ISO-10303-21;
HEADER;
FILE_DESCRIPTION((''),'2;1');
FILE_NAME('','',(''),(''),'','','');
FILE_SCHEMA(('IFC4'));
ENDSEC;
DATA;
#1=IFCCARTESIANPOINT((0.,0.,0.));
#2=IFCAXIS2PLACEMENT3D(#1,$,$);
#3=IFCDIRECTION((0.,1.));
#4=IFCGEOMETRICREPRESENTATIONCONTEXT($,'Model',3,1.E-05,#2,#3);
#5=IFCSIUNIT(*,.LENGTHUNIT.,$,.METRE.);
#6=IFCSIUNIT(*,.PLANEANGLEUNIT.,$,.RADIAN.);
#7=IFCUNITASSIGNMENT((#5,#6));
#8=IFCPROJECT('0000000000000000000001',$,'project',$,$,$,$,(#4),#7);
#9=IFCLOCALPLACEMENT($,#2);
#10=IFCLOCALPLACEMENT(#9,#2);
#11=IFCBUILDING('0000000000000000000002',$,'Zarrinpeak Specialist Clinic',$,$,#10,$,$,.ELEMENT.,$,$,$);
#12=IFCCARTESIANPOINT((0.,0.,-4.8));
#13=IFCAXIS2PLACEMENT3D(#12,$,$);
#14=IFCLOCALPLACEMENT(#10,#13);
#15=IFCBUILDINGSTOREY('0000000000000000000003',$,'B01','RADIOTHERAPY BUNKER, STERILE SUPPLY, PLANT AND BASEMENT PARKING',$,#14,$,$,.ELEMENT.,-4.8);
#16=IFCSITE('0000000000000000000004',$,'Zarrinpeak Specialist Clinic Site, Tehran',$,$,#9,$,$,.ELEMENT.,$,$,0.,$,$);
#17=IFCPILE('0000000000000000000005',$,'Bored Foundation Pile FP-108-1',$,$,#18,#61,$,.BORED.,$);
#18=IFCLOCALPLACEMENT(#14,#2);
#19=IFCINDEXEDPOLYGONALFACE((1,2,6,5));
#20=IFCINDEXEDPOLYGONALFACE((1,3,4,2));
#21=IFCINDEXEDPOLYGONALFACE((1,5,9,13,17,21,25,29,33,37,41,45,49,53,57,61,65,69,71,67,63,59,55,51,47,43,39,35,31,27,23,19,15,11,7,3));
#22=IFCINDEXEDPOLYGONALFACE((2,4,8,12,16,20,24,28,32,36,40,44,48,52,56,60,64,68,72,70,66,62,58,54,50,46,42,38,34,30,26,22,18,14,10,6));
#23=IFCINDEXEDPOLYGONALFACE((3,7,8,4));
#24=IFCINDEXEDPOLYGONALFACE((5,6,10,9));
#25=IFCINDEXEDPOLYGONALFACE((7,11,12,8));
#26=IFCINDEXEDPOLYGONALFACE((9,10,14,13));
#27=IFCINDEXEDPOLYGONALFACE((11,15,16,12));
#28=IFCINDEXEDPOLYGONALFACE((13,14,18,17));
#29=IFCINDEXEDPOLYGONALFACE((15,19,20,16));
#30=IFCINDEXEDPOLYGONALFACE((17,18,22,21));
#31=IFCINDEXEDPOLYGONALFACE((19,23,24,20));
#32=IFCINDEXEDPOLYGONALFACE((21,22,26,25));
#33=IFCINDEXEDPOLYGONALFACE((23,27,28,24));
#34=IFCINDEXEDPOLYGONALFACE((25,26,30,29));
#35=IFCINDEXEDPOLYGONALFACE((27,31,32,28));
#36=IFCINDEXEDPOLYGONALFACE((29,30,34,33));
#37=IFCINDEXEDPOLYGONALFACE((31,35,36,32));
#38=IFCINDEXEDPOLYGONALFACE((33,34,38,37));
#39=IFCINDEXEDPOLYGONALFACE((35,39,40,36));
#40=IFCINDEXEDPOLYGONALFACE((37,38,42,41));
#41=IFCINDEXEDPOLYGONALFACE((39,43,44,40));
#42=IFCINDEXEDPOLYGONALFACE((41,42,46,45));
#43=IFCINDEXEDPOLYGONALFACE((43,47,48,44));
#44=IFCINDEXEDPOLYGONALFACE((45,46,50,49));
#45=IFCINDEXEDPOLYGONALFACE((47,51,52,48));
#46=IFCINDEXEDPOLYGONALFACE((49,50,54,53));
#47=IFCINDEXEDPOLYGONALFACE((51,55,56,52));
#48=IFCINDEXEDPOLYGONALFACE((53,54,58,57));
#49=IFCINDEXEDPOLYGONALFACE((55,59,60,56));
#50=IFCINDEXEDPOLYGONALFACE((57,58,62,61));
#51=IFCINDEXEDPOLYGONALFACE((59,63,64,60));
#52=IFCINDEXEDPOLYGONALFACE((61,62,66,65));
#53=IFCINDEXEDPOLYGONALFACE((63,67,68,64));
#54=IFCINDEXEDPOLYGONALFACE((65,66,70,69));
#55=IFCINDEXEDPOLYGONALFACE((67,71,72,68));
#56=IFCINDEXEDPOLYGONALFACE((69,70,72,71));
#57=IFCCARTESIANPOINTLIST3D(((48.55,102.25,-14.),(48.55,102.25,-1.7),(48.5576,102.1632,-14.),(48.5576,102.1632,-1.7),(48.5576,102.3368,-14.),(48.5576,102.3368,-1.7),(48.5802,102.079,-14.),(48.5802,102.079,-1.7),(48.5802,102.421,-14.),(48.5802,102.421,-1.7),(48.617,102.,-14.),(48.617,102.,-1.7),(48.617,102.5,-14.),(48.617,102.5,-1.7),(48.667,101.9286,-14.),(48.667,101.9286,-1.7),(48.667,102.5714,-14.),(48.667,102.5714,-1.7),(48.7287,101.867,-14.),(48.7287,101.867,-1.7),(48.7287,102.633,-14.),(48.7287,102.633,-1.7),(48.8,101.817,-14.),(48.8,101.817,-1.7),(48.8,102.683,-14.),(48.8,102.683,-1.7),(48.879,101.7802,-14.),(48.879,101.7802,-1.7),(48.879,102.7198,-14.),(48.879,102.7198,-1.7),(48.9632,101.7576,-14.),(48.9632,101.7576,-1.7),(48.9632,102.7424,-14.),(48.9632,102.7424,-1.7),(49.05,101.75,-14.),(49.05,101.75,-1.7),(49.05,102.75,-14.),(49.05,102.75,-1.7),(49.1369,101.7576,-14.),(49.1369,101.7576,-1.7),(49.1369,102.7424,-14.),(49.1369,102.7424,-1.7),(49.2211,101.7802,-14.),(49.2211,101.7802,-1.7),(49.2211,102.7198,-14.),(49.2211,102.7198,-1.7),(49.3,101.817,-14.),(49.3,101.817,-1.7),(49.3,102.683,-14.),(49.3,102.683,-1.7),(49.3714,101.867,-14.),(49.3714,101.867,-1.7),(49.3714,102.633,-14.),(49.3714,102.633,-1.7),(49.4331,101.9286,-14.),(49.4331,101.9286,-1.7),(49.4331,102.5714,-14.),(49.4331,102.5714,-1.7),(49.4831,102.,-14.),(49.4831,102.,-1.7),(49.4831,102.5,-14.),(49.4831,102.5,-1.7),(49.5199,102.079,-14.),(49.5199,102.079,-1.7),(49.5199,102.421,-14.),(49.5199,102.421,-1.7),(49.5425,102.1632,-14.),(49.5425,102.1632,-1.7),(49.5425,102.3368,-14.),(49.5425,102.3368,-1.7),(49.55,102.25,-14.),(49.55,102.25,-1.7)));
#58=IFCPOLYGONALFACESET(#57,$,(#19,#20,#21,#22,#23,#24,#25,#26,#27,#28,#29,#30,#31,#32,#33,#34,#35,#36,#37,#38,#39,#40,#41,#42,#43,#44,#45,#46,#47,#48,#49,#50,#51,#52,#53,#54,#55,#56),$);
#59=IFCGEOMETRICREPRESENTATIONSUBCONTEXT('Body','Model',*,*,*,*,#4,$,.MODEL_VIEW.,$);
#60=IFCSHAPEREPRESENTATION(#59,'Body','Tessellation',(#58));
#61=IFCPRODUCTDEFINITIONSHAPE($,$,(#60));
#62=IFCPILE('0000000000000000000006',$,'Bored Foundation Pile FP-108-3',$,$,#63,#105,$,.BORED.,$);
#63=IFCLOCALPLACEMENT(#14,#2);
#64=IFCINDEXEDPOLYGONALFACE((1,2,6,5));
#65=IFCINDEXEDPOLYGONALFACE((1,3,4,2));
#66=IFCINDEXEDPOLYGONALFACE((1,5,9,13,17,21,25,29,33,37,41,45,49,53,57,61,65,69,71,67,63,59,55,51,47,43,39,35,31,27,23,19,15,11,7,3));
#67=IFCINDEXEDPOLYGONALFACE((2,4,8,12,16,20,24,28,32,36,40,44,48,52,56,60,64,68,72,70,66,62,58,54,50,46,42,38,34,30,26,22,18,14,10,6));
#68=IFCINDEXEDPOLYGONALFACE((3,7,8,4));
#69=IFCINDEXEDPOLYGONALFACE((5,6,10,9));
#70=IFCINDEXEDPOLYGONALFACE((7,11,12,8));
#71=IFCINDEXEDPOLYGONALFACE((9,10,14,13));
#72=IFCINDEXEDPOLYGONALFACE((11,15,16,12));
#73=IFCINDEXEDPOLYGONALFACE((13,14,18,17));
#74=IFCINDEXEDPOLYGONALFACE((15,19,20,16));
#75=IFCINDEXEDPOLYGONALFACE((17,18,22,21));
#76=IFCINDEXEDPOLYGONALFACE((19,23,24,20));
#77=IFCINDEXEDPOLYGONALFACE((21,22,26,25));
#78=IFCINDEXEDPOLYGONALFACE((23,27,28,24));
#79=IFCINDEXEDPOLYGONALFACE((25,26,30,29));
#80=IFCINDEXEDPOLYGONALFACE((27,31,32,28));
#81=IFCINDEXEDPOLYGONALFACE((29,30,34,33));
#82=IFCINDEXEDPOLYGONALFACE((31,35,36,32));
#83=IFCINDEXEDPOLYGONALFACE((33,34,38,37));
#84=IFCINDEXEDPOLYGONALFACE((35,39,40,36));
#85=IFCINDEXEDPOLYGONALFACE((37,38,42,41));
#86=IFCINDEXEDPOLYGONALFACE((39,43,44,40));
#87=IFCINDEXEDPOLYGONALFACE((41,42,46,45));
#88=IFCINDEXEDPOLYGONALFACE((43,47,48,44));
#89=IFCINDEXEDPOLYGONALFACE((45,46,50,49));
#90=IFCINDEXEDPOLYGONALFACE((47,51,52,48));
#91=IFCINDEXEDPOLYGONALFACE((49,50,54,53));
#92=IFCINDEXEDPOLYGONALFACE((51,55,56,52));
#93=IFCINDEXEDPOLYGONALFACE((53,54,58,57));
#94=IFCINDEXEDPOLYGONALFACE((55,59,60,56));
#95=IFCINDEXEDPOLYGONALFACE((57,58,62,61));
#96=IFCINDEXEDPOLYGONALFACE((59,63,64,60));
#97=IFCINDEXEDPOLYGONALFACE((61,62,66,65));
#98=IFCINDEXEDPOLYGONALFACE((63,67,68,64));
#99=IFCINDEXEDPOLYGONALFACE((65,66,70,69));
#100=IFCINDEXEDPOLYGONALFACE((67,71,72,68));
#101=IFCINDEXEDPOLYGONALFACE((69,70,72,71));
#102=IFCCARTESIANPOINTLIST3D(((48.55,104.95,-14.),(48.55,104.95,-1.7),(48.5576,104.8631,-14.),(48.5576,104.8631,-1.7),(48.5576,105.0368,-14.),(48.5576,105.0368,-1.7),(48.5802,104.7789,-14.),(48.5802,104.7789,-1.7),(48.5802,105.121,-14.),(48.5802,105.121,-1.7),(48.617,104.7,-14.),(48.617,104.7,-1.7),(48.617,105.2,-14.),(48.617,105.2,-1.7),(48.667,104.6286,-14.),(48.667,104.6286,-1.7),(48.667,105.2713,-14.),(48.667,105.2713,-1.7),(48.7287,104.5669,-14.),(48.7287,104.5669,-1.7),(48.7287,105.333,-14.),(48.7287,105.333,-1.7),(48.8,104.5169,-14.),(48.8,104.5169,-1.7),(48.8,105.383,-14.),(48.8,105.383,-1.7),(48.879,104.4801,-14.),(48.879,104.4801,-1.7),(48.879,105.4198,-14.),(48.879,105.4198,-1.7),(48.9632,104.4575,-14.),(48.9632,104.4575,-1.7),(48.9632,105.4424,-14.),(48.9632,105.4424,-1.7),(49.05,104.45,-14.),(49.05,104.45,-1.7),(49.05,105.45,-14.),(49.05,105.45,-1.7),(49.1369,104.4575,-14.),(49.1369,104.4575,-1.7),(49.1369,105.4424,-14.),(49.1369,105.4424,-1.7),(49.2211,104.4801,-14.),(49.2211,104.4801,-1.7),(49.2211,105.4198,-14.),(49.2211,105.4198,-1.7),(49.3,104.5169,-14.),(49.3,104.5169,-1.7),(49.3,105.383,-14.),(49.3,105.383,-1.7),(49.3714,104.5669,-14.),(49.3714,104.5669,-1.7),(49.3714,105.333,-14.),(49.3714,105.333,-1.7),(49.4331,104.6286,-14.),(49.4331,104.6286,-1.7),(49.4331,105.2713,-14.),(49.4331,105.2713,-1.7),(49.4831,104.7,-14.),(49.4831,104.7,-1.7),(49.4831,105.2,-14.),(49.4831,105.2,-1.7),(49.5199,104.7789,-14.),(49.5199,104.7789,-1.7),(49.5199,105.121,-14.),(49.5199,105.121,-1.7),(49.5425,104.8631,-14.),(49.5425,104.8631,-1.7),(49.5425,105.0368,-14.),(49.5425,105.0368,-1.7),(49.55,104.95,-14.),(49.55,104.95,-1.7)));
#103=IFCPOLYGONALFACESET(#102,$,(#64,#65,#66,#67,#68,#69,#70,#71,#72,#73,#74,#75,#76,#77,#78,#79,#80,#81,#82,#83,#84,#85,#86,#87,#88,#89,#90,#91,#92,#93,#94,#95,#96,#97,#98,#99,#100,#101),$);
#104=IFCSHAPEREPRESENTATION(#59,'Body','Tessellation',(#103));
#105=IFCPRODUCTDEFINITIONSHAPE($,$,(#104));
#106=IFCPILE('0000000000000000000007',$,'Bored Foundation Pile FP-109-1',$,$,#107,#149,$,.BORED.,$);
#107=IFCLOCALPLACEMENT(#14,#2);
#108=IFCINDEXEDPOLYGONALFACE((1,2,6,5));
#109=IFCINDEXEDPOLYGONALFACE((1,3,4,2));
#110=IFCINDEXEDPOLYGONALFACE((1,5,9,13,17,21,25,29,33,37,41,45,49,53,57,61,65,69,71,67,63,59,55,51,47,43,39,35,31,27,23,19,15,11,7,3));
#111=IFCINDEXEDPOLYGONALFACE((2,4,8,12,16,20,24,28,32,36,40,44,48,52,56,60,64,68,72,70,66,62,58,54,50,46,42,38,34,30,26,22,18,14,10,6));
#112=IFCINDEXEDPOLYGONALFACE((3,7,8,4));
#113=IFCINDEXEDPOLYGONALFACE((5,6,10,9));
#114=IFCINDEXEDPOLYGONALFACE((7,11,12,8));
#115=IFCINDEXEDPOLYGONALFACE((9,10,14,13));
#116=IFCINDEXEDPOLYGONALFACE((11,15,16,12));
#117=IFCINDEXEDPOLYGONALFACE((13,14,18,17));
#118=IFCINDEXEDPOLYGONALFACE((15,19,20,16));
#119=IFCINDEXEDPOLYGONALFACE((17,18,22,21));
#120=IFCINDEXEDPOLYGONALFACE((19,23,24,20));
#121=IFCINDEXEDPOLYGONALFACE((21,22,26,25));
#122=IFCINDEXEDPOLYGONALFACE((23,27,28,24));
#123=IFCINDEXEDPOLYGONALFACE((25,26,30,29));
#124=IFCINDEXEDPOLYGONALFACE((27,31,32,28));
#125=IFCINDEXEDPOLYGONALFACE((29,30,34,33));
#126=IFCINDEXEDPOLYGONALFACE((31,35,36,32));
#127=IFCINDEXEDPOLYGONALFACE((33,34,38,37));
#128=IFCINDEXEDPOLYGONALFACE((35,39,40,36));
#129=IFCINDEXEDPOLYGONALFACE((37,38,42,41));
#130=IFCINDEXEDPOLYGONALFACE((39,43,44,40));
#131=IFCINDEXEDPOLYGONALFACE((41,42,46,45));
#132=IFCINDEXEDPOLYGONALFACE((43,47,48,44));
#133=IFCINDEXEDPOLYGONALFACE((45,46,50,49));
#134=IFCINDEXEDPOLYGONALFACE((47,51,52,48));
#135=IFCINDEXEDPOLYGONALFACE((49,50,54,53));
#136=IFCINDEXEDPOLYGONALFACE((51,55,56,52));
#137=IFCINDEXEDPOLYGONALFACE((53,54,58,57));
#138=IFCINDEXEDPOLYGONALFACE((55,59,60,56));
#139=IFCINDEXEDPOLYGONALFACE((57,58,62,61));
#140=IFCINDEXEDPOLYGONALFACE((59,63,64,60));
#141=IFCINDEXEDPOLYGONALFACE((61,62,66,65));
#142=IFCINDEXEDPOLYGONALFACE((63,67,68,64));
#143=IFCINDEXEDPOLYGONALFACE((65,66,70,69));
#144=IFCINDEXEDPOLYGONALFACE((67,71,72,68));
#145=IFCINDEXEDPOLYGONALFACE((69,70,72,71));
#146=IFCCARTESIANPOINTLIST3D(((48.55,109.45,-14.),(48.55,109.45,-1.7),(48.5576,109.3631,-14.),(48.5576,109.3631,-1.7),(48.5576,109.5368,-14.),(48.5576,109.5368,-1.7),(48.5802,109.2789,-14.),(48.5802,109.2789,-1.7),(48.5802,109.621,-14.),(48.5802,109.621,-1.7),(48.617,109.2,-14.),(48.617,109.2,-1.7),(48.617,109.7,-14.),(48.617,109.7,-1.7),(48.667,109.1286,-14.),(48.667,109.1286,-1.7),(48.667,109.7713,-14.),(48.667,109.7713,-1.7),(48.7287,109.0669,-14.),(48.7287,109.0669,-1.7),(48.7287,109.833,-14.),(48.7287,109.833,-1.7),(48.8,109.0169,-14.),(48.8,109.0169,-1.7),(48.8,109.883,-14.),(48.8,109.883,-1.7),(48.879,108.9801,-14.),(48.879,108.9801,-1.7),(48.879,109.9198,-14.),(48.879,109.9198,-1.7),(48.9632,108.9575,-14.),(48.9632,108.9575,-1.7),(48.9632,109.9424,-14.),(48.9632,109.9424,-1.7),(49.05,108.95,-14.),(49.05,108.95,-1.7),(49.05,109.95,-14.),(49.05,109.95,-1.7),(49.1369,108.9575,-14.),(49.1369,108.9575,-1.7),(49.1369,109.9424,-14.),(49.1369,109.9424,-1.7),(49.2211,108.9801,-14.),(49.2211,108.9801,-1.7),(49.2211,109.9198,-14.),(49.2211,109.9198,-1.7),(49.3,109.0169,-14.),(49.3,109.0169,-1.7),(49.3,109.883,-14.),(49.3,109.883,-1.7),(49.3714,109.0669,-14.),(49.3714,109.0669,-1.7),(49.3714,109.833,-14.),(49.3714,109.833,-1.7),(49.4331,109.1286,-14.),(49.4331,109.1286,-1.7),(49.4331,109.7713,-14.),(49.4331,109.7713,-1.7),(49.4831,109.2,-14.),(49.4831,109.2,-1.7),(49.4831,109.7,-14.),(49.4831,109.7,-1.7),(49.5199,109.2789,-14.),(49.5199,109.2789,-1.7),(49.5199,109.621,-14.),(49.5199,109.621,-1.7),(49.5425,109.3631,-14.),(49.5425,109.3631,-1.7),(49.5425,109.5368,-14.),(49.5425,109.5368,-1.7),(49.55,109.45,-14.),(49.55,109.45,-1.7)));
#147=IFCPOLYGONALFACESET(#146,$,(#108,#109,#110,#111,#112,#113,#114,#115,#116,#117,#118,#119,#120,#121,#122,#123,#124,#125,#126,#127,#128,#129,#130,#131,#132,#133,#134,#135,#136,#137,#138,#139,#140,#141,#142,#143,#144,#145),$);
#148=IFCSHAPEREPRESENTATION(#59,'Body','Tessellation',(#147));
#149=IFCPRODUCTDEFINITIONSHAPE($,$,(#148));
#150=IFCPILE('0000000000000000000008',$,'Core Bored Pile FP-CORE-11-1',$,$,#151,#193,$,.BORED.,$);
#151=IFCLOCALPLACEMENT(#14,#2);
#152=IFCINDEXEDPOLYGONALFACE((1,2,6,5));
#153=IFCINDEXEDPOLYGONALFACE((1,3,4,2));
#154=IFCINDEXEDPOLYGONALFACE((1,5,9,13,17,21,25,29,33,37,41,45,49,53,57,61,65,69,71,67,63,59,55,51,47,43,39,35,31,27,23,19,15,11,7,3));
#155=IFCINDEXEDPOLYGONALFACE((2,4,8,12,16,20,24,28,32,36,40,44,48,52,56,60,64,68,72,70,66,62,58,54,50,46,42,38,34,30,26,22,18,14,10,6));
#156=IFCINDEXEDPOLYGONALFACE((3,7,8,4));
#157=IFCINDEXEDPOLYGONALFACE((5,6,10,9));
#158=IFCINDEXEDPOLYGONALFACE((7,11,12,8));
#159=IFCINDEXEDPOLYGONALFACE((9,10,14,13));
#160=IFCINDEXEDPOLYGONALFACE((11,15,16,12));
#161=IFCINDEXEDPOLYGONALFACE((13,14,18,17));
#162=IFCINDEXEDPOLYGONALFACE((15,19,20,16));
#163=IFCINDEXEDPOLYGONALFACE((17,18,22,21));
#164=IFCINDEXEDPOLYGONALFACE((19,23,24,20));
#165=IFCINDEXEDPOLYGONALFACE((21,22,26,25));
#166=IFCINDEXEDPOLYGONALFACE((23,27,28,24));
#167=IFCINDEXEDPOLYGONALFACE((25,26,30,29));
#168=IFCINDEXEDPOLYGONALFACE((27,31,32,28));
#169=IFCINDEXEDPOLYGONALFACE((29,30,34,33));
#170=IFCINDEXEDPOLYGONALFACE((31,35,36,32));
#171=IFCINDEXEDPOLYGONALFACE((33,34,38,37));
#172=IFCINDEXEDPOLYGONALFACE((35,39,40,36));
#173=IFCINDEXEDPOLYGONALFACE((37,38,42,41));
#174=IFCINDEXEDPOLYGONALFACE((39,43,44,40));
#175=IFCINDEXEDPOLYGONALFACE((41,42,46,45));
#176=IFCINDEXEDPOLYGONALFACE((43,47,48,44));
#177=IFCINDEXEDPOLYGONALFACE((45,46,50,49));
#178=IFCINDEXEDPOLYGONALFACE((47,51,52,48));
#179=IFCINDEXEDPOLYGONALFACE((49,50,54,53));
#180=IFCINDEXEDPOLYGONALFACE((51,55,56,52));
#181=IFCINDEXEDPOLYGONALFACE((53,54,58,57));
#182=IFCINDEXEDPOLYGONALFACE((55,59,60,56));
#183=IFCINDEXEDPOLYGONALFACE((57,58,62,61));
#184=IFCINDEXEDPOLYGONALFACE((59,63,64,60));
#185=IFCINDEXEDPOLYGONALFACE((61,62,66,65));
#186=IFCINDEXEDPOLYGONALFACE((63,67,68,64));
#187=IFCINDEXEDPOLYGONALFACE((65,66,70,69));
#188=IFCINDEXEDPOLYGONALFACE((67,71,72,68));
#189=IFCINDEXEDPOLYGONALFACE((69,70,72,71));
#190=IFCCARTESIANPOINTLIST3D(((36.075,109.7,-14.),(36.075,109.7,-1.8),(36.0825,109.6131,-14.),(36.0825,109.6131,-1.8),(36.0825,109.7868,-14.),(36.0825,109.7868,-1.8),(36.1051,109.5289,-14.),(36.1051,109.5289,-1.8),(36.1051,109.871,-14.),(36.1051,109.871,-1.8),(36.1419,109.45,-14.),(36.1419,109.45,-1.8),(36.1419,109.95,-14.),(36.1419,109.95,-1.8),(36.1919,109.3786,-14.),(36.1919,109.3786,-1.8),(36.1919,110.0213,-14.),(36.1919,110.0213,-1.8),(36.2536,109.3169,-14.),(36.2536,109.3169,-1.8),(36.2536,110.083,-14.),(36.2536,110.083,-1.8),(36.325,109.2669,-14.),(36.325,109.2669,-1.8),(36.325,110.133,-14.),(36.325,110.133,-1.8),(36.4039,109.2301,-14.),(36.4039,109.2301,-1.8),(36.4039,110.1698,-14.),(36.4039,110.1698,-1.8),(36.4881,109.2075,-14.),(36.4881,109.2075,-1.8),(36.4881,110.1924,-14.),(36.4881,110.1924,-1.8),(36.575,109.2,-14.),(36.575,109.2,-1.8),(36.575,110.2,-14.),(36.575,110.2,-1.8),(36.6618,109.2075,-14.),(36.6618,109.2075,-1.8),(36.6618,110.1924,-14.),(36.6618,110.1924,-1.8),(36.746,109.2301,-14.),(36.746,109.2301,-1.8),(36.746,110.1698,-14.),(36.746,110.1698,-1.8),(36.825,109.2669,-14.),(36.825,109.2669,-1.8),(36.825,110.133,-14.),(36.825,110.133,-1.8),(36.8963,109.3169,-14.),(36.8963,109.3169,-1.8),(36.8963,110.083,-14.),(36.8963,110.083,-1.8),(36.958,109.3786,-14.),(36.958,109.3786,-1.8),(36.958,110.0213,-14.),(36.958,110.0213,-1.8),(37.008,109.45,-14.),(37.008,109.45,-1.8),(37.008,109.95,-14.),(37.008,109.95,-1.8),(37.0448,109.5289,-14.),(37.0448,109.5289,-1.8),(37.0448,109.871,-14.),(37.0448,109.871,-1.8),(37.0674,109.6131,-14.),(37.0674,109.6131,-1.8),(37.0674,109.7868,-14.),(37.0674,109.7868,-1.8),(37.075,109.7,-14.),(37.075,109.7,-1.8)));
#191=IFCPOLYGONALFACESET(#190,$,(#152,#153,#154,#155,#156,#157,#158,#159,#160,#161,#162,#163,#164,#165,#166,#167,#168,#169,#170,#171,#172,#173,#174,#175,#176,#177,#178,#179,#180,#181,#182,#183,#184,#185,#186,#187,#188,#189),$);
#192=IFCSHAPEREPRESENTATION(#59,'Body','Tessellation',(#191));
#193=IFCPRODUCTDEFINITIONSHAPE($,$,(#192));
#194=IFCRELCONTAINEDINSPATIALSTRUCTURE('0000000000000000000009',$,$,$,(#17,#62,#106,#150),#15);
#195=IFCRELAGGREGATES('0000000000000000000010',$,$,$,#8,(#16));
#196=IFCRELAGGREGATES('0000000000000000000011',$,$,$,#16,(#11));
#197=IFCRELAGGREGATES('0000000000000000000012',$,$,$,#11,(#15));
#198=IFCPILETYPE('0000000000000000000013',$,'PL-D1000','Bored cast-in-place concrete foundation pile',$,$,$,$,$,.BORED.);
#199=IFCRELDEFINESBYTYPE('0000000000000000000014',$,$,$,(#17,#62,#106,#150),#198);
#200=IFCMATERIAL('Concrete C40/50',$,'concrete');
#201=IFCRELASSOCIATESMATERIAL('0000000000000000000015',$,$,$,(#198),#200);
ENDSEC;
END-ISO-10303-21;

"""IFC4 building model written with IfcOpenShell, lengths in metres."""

from ifc_helpers import new_model, si_unit, direction, frame, origin, origin_2d, place, context, subcontext, project, spatial, circle, extrude, material, material_profile, profile_set, type_object, element, save


model = new_model("IFC4")

# Units and contexts
model_context = context("Model", 3, precision=1e-05, world=origin(), true_north=direction((0.0, 1.0)))
body_context = subcontext(model_context, "Body", "Model", "MODEL_VIEW")
ifc_project = project(units=[si_unit("LENGTHUNIT", "METRE"), si_unit("PLANEANGLEUNIT", "RADIAN")], contexts=[model_context])

# Site, building, storey
site_placement = place(None, origin())
site = spatial("IfcSite", under=ifc_project, at=site_placement, Name="Zarrinpeak Specialist Clinic Site, Tehran", CompositionType="ELEMENT", RefElevation=0.0)
building_placement = place(site_placement, origin())
building = spatial("IfcBuilding", under=site, at=building_placement, Name="Zarrinpeak Specialist Clinic", CompositionType="ELEMENT")
storey_placement = place(building_placement, frame((0.0, 0.0, -4.8)))
storey = spatial("IfcBuildingStorey", under=building, at=storey_placement, Name="B01", Description="RADIOTHERAPY BUNKER, STERILE SUPPLY, PLANT AND BASEMENT PARKING", CompositionType="ELEMENT", Elevation=-4.8)

# Shared definitions
ifc_material_1 = material(Name="Concrete C40/50", Category="concrete")

# Piles
ifc_material_profile_1 = material_profile(ifc_material_1, circle(Radius=0.5, at=origin_2d()), Name="BORED PILE D1000")
ifc_profile_set_1 = profile_set([ifc_material_profile_1], Name="Concrete C40/50")
pile_type = type_object("IfcPileType", Name="PL-D1000", Description="Bored cast-in-place concrete foundation pile", PredefinedType="BORED", material=ifc_profile_set_1)
for number, where, z_axis, x_axis, name in (
    (1, (49.05, 102.25, -1.7), (0.0, 0.0, -1.0), (1.0, 0.0, 0.0), "Bored Foundation Pile FP-108-1"),
    (2, (49.05, 104.95, -1.7), (0.0, 0.0, -1.0), (1.0, 0.0, 0.0), "Bored Foundation Pile FP-108-3"),
    (3, (49.05, 109.45, -1.7), (0.0, 0.0, -1.0), (1.0, 0.0, 0.0), "Bored Foundation Pile FP-109-1"),
):
    element("IfcPile", number, at=place(storey_placement, frame(where, z_axis=z_axis, x_axis=x_axis)), inside=storey, type_object=pile_type, Name=name, PredefinedType="BORED", context=body_context, shape_type="SweptSolid", body=[
        extrude(circle(Radius=0.5, at=origin_2d()), origin(), (0.0, 0.0, 1.0), 12.3),
    ])
for number, where, z_axis, x_axis, name in (
    (4, (36.575, 109.7, -1.8), (0.0, 0.0, -1.0), (1.0, 0.0, 0.0), "Core Bored Pile FP-CORE-11-1"),
):
    element("IfcPile", number, at=place(storey_placement, frame(where, z_axis=z_axis, x_axis=x_axis)), inside=storey, type_object=pile_type, Name=name, PredefinedType="BORED", context=body_context, shape_type="SweptSolid", body=[
        extrude(circle(Radius=0.5, at=origin_2d()), origin(), (0.0, 0.0, 1.0), 12.2),
    ])

save(model, "model.ifc")
